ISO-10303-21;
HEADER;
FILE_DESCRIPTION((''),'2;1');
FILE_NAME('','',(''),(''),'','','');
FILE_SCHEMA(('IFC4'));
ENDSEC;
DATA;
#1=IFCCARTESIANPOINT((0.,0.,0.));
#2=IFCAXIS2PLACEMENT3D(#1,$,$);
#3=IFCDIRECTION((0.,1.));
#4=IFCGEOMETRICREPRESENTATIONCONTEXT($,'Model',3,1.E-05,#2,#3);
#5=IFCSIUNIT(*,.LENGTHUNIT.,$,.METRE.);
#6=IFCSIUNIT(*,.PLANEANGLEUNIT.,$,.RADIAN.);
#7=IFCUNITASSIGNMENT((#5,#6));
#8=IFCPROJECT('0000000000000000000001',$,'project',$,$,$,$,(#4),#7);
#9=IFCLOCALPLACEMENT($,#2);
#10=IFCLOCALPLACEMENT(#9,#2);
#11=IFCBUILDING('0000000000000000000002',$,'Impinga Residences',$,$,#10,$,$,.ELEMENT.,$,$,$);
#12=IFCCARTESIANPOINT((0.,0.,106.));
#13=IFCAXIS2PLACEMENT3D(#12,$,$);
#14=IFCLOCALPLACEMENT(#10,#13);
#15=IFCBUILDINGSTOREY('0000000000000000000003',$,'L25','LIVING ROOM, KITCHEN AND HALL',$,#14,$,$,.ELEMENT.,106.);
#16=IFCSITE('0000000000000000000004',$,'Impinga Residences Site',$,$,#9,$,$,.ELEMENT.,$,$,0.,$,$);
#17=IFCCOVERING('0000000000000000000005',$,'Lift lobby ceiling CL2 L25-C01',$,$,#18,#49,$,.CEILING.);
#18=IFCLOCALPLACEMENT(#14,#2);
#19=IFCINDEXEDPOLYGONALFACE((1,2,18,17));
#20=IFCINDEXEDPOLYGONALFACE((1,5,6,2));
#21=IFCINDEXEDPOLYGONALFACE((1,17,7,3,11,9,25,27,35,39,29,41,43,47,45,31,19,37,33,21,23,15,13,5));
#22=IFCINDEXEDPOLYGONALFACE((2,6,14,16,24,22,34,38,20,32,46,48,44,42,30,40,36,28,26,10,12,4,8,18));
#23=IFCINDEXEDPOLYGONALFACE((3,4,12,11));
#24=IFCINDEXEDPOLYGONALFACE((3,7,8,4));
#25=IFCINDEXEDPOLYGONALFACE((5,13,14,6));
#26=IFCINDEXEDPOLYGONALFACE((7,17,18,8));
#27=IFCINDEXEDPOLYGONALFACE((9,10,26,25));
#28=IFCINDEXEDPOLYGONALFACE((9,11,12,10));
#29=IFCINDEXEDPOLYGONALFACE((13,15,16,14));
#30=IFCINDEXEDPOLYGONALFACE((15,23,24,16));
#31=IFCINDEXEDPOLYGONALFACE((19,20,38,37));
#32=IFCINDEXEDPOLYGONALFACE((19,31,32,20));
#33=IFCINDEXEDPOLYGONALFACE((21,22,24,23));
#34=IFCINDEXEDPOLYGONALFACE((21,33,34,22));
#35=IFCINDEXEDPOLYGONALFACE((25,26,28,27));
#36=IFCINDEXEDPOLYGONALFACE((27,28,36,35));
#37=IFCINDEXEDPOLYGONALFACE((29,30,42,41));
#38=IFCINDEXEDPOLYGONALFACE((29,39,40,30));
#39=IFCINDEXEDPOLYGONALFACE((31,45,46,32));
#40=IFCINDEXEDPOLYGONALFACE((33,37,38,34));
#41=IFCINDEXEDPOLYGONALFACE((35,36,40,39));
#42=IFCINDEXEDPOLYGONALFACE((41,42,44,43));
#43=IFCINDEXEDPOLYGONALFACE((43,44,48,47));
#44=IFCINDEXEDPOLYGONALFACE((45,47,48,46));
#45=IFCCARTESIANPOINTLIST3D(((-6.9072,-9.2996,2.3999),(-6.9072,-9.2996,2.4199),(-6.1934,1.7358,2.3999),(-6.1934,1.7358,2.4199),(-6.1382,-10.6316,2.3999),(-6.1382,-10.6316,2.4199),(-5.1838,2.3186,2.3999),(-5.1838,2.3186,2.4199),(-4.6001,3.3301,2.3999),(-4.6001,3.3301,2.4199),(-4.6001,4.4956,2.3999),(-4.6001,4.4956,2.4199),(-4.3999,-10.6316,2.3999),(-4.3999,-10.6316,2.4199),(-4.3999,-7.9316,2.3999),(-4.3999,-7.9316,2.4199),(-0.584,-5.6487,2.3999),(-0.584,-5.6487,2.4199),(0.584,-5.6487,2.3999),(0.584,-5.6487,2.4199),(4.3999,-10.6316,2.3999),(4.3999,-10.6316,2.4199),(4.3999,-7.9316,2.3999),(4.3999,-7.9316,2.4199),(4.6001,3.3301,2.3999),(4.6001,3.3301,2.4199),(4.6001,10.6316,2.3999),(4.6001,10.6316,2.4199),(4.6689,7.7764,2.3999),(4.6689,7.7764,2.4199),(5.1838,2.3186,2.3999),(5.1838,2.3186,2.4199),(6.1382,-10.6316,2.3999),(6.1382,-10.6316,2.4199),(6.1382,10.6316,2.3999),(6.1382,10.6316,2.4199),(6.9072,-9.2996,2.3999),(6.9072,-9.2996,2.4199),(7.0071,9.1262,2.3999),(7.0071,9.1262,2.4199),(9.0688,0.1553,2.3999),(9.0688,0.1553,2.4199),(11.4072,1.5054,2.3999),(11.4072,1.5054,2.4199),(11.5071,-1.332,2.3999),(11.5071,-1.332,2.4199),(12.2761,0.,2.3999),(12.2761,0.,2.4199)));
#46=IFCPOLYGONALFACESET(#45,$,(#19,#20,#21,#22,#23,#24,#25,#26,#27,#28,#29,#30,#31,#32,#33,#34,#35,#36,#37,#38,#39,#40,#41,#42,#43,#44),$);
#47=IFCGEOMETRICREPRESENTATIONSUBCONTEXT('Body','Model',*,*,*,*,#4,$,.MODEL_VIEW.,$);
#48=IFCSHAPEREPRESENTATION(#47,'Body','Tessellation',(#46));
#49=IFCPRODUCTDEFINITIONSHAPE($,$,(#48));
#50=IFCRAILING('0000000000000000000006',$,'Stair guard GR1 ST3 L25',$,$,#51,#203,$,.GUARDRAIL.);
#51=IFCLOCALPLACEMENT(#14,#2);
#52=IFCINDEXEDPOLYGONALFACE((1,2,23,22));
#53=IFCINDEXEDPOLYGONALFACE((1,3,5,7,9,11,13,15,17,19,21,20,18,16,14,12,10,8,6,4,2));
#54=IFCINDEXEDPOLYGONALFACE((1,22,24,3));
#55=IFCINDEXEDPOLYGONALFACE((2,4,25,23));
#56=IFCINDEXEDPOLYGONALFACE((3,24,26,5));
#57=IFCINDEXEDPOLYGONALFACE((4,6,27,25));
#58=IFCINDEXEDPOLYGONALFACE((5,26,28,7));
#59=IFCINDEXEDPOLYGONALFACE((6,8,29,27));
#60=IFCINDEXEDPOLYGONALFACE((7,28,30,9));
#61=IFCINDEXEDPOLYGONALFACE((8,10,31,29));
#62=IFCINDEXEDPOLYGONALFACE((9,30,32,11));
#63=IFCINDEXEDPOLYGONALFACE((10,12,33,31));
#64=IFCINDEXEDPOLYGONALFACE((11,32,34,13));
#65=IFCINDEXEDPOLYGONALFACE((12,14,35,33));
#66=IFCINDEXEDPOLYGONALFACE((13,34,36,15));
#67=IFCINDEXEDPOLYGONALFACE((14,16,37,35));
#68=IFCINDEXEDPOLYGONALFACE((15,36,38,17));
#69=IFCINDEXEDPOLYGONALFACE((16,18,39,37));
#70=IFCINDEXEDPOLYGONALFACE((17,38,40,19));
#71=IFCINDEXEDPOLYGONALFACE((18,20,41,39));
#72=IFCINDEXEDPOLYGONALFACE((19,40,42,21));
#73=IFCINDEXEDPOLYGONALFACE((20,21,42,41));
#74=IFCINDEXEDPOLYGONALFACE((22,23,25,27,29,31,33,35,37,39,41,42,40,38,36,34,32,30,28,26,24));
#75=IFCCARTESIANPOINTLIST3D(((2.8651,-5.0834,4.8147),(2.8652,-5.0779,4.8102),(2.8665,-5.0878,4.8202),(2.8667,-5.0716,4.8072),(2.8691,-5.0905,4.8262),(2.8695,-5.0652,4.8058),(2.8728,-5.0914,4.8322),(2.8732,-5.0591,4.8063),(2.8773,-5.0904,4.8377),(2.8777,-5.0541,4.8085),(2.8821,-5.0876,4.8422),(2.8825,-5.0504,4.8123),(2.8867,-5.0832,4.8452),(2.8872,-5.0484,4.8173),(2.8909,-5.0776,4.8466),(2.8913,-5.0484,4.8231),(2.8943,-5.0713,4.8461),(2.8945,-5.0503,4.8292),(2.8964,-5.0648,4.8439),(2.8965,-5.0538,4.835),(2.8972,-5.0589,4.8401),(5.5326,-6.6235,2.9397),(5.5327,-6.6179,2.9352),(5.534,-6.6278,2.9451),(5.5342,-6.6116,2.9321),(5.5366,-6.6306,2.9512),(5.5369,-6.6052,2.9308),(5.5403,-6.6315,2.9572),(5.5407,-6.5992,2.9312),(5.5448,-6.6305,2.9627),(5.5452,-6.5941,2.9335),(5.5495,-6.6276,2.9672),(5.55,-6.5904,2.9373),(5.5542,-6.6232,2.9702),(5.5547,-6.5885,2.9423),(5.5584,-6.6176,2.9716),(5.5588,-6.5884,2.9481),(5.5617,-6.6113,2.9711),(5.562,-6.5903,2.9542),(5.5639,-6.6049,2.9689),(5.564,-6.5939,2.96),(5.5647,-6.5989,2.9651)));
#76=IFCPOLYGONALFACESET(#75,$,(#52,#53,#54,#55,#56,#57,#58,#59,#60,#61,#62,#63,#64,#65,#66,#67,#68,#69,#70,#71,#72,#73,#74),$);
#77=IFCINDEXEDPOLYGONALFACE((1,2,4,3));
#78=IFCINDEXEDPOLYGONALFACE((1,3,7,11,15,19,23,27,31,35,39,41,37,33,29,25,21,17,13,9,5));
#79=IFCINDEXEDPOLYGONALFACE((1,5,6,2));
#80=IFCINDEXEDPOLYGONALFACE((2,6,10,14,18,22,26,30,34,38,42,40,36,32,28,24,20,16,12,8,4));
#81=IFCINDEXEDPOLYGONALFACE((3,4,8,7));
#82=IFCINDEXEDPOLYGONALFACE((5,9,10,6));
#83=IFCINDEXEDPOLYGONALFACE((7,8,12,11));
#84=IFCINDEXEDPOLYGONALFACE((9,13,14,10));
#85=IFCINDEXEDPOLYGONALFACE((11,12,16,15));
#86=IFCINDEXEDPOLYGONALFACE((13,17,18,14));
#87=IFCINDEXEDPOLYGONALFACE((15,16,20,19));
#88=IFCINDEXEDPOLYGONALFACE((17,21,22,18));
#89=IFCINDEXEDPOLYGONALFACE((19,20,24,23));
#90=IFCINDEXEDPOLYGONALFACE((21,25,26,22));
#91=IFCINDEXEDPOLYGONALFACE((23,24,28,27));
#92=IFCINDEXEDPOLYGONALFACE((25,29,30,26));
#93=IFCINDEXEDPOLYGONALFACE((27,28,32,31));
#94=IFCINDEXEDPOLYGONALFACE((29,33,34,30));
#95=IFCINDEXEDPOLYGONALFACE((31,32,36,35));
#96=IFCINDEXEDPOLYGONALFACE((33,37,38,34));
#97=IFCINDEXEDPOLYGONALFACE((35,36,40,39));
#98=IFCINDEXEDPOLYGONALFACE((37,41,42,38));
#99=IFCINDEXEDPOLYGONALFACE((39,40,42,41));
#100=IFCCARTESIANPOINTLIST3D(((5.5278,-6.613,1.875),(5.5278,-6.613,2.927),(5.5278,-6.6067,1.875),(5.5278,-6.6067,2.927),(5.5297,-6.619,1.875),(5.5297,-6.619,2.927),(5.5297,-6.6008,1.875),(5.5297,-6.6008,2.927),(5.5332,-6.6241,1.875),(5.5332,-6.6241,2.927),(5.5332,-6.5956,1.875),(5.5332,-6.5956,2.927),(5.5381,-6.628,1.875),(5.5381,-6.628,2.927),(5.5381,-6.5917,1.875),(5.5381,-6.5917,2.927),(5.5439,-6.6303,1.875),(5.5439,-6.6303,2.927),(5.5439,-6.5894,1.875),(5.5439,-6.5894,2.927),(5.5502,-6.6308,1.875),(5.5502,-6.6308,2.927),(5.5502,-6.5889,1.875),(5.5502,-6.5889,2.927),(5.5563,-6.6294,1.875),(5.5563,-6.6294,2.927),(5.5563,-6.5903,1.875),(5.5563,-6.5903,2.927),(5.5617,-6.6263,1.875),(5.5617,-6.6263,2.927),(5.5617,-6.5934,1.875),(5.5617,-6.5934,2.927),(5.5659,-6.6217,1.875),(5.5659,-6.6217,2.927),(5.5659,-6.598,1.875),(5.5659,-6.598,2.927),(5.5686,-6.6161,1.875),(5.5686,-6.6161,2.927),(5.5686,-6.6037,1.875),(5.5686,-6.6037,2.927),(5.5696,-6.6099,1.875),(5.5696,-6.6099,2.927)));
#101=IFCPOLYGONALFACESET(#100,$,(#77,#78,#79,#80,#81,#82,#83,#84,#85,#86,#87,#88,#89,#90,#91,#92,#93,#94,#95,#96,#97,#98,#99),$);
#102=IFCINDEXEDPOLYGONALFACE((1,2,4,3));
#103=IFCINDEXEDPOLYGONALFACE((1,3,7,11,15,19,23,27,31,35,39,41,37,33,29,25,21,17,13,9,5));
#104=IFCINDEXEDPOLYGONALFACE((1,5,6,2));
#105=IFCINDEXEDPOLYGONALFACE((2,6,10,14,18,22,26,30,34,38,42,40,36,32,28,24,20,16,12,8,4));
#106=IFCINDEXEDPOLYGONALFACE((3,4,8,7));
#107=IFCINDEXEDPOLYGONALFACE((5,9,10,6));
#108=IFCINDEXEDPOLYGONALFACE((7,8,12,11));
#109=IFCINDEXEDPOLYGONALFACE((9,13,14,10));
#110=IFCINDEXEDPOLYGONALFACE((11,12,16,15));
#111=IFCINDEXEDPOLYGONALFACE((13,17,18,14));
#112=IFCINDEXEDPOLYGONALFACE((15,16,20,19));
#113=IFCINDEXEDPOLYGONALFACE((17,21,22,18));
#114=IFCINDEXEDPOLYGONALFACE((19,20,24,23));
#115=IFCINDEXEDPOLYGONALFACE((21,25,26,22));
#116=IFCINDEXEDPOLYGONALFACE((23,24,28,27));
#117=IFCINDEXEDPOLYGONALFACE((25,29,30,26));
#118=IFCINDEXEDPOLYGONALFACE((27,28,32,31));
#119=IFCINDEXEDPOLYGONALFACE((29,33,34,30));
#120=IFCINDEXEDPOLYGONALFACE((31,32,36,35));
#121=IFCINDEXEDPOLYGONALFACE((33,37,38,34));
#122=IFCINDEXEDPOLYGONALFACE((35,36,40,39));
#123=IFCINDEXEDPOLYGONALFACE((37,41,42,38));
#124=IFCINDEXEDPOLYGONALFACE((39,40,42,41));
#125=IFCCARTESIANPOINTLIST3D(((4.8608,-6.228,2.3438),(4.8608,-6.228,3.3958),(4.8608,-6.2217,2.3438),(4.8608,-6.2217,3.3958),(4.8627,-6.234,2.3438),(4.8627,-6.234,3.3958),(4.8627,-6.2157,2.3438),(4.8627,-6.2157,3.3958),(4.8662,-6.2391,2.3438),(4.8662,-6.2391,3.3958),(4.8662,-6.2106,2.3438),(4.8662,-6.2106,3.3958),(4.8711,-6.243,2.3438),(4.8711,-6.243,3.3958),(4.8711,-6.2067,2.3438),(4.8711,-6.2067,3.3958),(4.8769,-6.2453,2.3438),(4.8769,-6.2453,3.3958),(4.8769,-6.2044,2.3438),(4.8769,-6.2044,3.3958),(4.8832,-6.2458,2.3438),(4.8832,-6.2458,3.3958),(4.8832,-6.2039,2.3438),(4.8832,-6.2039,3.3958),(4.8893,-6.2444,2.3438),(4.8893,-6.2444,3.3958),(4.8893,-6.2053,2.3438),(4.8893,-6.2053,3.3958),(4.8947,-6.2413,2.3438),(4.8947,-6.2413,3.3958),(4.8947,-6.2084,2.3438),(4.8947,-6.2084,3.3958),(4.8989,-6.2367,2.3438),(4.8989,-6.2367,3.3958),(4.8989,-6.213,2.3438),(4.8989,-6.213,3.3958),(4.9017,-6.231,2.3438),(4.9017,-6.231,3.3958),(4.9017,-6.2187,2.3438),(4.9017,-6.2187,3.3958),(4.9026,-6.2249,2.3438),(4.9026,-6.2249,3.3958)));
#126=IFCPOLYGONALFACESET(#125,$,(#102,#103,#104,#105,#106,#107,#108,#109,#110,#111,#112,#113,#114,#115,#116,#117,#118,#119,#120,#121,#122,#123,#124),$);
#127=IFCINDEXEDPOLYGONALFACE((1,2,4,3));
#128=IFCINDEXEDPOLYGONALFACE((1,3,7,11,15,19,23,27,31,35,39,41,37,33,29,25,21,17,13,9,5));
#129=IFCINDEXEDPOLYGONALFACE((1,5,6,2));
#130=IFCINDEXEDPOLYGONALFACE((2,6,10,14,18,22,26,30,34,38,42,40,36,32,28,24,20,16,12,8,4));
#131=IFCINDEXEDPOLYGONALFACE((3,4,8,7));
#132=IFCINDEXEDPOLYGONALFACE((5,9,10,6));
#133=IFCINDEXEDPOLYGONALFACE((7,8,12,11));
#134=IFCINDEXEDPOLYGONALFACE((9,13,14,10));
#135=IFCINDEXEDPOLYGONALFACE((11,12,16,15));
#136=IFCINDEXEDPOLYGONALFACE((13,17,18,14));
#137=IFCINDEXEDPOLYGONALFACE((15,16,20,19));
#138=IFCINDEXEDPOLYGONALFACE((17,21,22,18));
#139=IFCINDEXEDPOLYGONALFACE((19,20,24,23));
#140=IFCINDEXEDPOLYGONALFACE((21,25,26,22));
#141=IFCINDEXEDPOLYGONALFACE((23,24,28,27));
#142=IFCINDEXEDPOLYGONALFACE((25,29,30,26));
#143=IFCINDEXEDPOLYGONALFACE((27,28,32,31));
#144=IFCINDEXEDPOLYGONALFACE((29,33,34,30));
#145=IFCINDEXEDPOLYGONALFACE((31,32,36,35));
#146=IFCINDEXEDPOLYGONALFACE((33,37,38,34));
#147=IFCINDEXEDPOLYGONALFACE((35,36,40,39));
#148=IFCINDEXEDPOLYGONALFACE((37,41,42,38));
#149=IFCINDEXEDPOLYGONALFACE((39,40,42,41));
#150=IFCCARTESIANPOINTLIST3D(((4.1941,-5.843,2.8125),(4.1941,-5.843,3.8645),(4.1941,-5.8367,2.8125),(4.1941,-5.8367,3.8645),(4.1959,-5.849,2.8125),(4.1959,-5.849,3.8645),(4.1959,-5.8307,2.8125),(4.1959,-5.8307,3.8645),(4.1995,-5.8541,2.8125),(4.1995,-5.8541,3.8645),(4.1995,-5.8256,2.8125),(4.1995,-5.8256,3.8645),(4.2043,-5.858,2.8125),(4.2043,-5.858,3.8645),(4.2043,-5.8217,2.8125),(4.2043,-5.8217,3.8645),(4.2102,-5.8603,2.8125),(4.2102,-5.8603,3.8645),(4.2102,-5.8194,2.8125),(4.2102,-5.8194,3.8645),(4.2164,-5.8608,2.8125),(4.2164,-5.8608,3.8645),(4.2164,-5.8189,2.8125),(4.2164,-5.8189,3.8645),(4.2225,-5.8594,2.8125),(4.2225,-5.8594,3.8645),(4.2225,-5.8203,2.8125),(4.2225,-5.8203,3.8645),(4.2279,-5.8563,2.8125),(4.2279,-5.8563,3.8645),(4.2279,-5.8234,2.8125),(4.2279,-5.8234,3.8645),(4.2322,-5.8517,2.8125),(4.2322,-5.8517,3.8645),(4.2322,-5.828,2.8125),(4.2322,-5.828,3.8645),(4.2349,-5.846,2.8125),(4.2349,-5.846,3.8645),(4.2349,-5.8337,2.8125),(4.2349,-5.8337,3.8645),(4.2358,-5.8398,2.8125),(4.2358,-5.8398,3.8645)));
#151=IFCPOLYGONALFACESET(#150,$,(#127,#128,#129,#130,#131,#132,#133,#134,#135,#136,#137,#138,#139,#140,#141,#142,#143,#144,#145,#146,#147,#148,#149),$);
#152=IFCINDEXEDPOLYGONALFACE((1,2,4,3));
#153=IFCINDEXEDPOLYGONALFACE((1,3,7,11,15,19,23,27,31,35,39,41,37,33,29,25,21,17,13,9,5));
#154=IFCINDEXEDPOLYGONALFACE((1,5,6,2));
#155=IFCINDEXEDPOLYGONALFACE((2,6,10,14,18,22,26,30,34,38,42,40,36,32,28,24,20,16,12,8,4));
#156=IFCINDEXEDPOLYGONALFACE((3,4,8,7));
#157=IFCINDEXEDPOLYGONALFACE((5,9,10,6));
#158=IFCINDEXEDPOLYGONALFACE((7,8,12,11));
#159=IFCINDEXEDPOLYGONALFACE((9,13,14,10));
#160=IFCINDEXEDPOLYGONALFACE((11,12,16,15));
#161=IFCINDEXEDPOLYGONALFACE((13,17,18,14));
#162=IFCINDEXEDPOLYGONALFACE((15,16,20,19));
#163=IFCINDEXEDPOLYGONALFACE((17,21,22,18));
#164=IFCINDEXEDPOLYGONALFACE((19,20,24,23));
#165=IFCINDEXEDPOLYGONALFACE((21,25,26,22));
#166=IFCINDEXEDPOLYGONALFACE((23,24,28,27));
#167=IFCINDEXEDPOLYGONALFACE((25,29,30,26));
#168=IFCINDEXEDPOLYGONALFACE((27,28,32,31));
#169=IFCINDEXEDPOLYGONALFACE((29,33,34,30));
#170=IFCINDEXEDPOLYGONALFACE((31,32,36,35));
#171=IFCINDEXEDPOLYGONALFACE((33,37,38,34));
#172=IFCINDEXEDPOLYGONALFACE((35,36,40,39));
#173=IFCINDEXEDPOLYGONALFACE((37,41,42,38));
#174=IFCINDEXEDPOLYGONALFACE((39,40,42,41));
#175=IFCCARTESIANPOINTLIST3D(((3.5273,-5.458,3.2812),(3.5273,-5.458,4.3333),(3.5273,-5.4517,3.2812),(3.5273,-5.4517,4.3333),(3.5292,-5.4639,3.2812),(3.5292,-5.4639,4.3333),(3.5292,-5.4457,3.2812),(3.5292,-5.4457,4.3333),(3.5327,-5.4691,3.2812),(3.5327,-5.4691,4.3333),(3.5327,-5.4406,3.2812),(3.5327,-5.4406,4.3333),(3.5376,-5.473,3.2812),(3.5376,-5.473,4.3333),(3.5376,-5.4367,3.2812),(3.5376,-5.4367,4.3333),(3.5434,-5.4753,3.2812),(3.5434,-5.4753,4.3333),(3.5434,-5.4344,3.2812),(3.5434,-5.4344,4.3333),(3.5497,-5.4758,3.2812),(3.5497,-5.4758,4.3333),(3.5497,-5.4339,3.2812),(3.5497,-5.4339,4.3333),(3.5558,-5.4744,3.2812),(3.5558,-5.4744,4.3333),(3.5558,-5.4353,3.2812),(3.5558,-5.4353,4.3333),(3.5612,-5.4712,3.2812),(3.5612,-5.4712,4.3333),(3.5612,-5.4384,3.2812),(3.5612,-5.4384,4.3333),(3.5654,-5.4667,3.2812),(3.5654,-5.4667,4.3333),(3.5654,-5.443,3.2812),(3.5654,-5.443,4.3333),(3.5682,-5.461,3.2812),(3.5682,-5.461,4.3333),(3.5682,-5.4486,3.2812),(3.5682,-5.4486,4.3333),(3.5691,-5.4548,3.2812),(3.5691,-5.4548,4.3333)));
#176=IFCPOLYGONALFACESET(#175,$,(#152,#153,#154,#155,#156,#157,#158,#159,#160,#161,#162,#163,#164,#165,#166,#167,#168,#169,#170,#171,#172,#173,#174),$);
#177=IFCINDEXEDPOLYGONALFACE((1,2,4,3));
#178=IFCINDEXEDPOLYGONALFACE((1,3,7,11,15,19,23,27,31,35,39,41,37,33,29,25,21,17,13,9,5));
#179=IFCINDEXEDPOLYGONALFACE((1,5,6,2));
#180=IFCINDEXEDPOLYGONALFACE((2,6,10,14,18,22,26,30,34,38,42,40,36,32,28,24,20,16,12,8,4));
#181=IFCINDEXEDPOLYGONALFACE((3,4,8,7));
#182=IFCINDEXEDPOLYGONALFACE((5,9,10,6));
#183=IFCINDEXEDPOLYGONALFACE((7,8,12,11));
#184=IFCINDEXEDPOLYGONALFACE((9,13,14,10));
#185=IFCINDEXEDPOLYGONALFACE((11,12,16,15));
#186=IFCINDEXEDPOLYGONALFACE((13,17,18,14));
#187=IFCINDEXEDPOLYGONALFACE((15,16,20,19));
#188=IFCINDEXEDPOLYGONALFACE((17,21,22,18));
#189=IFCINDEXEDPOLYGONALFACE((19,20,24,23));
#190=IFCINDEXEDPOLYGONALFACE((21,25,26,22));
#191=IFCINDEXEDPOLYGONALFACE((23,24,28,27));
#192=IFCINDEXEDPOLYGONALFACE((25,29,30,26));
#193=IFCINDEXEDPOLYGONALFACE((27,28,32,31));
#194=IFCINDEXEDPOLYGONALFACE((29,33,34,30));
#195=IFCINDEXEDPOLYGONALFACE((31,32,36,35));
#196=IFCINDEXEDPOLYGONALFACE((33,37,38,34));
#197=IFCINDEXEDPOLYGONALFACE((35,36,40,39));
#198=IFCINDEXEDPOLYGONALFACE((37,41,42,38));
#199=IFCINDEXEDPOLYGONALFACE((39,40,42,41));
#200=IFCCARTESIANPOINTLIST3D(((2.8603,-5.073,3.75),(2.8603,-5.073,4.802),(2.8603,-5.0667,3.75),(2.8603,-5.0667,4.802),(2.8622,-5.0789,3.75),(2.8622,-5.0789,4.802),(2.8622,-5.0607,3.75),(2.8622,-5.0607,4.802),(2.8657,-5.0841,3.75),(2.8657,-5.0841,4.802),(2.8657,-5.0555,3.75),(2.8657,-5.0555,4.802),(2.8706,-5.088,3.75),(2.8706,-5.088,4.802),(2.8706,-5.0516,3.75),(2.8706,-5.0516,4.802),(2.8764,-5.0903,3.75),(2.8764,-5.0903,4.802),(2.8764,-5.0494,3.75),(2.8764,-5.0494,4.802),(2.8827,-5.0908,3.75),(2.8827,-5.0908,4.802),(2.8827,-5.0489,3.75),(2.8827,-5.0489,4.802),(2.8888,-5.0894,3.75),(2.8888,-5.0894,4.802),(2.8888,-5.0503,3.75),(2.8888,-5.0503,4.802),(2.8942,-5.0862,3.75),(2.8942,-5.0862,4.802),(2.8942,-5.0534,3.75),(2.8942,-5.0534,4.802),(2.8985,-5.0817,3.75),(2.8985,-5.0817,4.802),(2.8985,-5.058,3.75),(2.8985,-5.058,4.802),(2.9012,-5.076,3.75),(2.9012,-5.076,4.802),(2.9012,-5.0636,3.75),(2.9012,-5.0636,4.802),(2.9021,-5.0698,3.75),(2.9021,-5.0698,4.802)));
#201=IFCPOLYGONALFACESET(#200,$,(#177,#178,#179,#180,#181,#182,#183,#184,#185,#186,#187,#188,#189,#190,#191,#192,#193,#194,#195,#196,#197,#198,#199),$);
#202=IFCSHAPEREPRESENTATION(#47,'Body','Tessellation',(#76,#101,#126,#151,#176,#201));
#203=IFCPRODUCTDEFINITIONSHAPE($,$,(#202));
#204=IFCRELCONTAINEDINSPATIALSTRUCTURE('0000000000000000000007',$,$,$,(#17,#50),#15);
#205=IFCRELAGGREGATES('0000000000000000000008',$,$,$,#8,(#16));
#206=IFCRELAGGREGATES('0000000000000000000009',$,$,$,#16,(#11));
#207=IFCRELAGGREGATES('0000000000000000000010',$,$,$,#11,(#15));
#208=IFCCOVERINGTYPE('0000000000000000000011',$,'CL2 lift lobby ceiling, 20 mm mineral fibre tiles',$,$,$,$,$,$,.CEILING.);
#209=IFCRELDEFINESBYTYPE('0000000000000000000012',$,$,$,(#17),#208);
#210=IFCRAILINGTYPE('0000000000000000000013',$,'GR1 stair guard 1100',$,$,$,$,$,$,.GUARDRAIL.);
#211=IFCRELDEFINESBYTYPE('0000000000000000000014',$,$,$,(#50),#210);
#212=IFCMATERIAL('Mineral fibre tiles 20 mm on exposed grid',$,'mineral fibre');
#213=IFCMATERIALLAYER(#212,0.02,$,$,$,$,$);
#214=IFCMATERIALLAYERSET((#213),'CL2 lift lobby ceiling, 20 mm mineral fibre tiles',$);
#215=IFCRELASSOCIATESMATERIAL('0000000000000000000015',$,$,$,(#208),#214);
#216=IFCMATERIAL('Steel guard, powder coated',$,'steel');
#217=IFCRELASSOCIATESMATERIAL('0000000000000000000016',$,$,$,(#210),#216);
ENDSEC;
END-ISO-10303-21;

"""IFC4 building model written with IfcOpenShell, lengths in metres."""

from ifc_helpers import new_model, si_unit, direction, frame, origin, origin_2d, place, context, subcontext, project, spatial, polyline, circle, outline, extrude, material, layer, layer_set, type_object, element, save


model = new_model("IFC4")

# Units and contexts
model_context = context("Model", 3, precision=1e-05, world=origin(), true_north=direction((0.0, 1.0)))
body_context = subcontext(model_context, "Body", "Model", "MODEL_VIEW")
ifc_project = project(units=[si_unit("LENGTHUNIT", "METRE"), si_unit("PLANEANGLEUNIT", "RADIAN")], contexts=[model_context])

# Site, building, storey
site_placement = place(None, origin())
site = spatial("IfcSite", under=ifc_project, at=site_placement, Name="Impinga Residences Site", CompositionType="ELEMENT", RefElevation=0.0)
building_placement = place(site_placement, origin())
building = spatial("IfcBuilding", under=site, at=building_placement, Name="Impinga Residences", CompositionType="ELEMENT")
storey_placement = place(building_placement, frame((0.0, 0.0, 106.0)))
storey = spatial("IfcBuildingStorey", under=building, at=storey_placement, Name="L25", Description="LIVING ROOM, KITCHEN AND HALL", CompositionType="ELEMENT", Elevation=106.0)

# Covering
ifc_material_1 = material(Name="Mineral fibre tiles 20 mm on exposed grid", Category="mineral fibre")
ifc_layer_1 = layer(ifc_material_1, 0.02)
ifc_layer_set_1 = layer_set([ifc_layer_1], Name="CL2 lift lobby ceiling, 20 mm mineral fibre tiles")
covering_type_1 = type_object("IfcCoveringType", Name="CL2 lift lobby ceiling, 20 mm mineral fibre tiles", PredefinedType="CEILING", material=ifc_layer_set_1)
covering_1_placement = place(storey_placement, frame((0.0, 0.0, 2.3999)))
element("IfcCovering", 1, at=covering_1_placement, inside=storey, type_object=covering_type_1, Name="Lift lobby ceiling CL2 L25-C01", PredefinedType="CEILING", context=body_context, shape_type="SweptSolid", body=[
    extrude(outline(polyline([(5.1838, 2.3186), (0.584, -5.6487), (6.9072, -9.2996), (6.1382, -10.6316), (4.3999, -10.6316), (4.3999, -7.9316), (-4.3999, -7.9316), (-4.3999, -10.6316), (-6.1382, -10.6316), (-6.9072, -9.2996), (-0.584, -5.6487), (-5.1838, 2.3186), (-6.1934, 1.7358), (-4.6001, 4.4956), (-4.6001, 3.3301), (4.6001, 3.3301), (4.6001, 10.6316), (6.1382, 10.6316), (7.0071, 9.1262), (4.6689, 7.7764), (9.0688, 0.1553), (11.4072, 1.5054), (12.2761, 0.0), (11.5071, -1.332), (5.1838, 2.3186)])), origin(), (0.0, 0.0, 1.0), 0.02),
])

# Railing
ifc_material_2 = material(Name="Steel guard, powder coated", Category="steel")
railing_type_1 = type_object("IfcRailingType", Name="GR1 stair guard 1100", PredefinedType="GUARDRAIL", material=ifc_material_2)
railing_1_placement = place(storey_placement, frame((5.5486, -6.6099, 1.875)))
element("IfcRailing", 2, at=railing_1_placement, inside=storey, type_object=railing_type_1, Name="Stair guard GR1 ST3 L25", PredefinedType="GUARDRAIL", context=body_context, shape_type="SweptSolid", body=[
    extrude(circle(Radius=0.0239, at=origin_2d()), frame((0.0, 0.0, 1.0762), z_axis=(-0.739746, 0.427084, 0.519975), x_axis=(-0.499992, -0.86603, 0.0)), (0.0, 0.0, 1.0), 3.606),
    extrude(circle(Radius=0.021, at=origin_2d()), origin(), (0.0, 0.0, 1.0), 1.052),
    extrude(circle(Radius=0.021, at=origin_2d()), frame((-0.667, 0.385, 0.4688)), (0.0, 0.0, 1.0), 1.052),
    extrude(circle(Radius=0.021, at=origin_2d()), frame((-1.3337, 0.77, 0.9375)), (0.0, 0.0, 1.0), 1.052),
    extrude(circle(Radius=0.021, at=origin_2d()), frame((-2.0005, 1.155, 1.4062)), (0.0, 0.0, 1.0), 1.052),
    extrude(circle(Radius=0.021, at=origin_2d()), frame((-2.6675, 1.54, 1.875)), (0.0, 0.0, 1.0), 1.052),
])

save(model, "model.ifc")
